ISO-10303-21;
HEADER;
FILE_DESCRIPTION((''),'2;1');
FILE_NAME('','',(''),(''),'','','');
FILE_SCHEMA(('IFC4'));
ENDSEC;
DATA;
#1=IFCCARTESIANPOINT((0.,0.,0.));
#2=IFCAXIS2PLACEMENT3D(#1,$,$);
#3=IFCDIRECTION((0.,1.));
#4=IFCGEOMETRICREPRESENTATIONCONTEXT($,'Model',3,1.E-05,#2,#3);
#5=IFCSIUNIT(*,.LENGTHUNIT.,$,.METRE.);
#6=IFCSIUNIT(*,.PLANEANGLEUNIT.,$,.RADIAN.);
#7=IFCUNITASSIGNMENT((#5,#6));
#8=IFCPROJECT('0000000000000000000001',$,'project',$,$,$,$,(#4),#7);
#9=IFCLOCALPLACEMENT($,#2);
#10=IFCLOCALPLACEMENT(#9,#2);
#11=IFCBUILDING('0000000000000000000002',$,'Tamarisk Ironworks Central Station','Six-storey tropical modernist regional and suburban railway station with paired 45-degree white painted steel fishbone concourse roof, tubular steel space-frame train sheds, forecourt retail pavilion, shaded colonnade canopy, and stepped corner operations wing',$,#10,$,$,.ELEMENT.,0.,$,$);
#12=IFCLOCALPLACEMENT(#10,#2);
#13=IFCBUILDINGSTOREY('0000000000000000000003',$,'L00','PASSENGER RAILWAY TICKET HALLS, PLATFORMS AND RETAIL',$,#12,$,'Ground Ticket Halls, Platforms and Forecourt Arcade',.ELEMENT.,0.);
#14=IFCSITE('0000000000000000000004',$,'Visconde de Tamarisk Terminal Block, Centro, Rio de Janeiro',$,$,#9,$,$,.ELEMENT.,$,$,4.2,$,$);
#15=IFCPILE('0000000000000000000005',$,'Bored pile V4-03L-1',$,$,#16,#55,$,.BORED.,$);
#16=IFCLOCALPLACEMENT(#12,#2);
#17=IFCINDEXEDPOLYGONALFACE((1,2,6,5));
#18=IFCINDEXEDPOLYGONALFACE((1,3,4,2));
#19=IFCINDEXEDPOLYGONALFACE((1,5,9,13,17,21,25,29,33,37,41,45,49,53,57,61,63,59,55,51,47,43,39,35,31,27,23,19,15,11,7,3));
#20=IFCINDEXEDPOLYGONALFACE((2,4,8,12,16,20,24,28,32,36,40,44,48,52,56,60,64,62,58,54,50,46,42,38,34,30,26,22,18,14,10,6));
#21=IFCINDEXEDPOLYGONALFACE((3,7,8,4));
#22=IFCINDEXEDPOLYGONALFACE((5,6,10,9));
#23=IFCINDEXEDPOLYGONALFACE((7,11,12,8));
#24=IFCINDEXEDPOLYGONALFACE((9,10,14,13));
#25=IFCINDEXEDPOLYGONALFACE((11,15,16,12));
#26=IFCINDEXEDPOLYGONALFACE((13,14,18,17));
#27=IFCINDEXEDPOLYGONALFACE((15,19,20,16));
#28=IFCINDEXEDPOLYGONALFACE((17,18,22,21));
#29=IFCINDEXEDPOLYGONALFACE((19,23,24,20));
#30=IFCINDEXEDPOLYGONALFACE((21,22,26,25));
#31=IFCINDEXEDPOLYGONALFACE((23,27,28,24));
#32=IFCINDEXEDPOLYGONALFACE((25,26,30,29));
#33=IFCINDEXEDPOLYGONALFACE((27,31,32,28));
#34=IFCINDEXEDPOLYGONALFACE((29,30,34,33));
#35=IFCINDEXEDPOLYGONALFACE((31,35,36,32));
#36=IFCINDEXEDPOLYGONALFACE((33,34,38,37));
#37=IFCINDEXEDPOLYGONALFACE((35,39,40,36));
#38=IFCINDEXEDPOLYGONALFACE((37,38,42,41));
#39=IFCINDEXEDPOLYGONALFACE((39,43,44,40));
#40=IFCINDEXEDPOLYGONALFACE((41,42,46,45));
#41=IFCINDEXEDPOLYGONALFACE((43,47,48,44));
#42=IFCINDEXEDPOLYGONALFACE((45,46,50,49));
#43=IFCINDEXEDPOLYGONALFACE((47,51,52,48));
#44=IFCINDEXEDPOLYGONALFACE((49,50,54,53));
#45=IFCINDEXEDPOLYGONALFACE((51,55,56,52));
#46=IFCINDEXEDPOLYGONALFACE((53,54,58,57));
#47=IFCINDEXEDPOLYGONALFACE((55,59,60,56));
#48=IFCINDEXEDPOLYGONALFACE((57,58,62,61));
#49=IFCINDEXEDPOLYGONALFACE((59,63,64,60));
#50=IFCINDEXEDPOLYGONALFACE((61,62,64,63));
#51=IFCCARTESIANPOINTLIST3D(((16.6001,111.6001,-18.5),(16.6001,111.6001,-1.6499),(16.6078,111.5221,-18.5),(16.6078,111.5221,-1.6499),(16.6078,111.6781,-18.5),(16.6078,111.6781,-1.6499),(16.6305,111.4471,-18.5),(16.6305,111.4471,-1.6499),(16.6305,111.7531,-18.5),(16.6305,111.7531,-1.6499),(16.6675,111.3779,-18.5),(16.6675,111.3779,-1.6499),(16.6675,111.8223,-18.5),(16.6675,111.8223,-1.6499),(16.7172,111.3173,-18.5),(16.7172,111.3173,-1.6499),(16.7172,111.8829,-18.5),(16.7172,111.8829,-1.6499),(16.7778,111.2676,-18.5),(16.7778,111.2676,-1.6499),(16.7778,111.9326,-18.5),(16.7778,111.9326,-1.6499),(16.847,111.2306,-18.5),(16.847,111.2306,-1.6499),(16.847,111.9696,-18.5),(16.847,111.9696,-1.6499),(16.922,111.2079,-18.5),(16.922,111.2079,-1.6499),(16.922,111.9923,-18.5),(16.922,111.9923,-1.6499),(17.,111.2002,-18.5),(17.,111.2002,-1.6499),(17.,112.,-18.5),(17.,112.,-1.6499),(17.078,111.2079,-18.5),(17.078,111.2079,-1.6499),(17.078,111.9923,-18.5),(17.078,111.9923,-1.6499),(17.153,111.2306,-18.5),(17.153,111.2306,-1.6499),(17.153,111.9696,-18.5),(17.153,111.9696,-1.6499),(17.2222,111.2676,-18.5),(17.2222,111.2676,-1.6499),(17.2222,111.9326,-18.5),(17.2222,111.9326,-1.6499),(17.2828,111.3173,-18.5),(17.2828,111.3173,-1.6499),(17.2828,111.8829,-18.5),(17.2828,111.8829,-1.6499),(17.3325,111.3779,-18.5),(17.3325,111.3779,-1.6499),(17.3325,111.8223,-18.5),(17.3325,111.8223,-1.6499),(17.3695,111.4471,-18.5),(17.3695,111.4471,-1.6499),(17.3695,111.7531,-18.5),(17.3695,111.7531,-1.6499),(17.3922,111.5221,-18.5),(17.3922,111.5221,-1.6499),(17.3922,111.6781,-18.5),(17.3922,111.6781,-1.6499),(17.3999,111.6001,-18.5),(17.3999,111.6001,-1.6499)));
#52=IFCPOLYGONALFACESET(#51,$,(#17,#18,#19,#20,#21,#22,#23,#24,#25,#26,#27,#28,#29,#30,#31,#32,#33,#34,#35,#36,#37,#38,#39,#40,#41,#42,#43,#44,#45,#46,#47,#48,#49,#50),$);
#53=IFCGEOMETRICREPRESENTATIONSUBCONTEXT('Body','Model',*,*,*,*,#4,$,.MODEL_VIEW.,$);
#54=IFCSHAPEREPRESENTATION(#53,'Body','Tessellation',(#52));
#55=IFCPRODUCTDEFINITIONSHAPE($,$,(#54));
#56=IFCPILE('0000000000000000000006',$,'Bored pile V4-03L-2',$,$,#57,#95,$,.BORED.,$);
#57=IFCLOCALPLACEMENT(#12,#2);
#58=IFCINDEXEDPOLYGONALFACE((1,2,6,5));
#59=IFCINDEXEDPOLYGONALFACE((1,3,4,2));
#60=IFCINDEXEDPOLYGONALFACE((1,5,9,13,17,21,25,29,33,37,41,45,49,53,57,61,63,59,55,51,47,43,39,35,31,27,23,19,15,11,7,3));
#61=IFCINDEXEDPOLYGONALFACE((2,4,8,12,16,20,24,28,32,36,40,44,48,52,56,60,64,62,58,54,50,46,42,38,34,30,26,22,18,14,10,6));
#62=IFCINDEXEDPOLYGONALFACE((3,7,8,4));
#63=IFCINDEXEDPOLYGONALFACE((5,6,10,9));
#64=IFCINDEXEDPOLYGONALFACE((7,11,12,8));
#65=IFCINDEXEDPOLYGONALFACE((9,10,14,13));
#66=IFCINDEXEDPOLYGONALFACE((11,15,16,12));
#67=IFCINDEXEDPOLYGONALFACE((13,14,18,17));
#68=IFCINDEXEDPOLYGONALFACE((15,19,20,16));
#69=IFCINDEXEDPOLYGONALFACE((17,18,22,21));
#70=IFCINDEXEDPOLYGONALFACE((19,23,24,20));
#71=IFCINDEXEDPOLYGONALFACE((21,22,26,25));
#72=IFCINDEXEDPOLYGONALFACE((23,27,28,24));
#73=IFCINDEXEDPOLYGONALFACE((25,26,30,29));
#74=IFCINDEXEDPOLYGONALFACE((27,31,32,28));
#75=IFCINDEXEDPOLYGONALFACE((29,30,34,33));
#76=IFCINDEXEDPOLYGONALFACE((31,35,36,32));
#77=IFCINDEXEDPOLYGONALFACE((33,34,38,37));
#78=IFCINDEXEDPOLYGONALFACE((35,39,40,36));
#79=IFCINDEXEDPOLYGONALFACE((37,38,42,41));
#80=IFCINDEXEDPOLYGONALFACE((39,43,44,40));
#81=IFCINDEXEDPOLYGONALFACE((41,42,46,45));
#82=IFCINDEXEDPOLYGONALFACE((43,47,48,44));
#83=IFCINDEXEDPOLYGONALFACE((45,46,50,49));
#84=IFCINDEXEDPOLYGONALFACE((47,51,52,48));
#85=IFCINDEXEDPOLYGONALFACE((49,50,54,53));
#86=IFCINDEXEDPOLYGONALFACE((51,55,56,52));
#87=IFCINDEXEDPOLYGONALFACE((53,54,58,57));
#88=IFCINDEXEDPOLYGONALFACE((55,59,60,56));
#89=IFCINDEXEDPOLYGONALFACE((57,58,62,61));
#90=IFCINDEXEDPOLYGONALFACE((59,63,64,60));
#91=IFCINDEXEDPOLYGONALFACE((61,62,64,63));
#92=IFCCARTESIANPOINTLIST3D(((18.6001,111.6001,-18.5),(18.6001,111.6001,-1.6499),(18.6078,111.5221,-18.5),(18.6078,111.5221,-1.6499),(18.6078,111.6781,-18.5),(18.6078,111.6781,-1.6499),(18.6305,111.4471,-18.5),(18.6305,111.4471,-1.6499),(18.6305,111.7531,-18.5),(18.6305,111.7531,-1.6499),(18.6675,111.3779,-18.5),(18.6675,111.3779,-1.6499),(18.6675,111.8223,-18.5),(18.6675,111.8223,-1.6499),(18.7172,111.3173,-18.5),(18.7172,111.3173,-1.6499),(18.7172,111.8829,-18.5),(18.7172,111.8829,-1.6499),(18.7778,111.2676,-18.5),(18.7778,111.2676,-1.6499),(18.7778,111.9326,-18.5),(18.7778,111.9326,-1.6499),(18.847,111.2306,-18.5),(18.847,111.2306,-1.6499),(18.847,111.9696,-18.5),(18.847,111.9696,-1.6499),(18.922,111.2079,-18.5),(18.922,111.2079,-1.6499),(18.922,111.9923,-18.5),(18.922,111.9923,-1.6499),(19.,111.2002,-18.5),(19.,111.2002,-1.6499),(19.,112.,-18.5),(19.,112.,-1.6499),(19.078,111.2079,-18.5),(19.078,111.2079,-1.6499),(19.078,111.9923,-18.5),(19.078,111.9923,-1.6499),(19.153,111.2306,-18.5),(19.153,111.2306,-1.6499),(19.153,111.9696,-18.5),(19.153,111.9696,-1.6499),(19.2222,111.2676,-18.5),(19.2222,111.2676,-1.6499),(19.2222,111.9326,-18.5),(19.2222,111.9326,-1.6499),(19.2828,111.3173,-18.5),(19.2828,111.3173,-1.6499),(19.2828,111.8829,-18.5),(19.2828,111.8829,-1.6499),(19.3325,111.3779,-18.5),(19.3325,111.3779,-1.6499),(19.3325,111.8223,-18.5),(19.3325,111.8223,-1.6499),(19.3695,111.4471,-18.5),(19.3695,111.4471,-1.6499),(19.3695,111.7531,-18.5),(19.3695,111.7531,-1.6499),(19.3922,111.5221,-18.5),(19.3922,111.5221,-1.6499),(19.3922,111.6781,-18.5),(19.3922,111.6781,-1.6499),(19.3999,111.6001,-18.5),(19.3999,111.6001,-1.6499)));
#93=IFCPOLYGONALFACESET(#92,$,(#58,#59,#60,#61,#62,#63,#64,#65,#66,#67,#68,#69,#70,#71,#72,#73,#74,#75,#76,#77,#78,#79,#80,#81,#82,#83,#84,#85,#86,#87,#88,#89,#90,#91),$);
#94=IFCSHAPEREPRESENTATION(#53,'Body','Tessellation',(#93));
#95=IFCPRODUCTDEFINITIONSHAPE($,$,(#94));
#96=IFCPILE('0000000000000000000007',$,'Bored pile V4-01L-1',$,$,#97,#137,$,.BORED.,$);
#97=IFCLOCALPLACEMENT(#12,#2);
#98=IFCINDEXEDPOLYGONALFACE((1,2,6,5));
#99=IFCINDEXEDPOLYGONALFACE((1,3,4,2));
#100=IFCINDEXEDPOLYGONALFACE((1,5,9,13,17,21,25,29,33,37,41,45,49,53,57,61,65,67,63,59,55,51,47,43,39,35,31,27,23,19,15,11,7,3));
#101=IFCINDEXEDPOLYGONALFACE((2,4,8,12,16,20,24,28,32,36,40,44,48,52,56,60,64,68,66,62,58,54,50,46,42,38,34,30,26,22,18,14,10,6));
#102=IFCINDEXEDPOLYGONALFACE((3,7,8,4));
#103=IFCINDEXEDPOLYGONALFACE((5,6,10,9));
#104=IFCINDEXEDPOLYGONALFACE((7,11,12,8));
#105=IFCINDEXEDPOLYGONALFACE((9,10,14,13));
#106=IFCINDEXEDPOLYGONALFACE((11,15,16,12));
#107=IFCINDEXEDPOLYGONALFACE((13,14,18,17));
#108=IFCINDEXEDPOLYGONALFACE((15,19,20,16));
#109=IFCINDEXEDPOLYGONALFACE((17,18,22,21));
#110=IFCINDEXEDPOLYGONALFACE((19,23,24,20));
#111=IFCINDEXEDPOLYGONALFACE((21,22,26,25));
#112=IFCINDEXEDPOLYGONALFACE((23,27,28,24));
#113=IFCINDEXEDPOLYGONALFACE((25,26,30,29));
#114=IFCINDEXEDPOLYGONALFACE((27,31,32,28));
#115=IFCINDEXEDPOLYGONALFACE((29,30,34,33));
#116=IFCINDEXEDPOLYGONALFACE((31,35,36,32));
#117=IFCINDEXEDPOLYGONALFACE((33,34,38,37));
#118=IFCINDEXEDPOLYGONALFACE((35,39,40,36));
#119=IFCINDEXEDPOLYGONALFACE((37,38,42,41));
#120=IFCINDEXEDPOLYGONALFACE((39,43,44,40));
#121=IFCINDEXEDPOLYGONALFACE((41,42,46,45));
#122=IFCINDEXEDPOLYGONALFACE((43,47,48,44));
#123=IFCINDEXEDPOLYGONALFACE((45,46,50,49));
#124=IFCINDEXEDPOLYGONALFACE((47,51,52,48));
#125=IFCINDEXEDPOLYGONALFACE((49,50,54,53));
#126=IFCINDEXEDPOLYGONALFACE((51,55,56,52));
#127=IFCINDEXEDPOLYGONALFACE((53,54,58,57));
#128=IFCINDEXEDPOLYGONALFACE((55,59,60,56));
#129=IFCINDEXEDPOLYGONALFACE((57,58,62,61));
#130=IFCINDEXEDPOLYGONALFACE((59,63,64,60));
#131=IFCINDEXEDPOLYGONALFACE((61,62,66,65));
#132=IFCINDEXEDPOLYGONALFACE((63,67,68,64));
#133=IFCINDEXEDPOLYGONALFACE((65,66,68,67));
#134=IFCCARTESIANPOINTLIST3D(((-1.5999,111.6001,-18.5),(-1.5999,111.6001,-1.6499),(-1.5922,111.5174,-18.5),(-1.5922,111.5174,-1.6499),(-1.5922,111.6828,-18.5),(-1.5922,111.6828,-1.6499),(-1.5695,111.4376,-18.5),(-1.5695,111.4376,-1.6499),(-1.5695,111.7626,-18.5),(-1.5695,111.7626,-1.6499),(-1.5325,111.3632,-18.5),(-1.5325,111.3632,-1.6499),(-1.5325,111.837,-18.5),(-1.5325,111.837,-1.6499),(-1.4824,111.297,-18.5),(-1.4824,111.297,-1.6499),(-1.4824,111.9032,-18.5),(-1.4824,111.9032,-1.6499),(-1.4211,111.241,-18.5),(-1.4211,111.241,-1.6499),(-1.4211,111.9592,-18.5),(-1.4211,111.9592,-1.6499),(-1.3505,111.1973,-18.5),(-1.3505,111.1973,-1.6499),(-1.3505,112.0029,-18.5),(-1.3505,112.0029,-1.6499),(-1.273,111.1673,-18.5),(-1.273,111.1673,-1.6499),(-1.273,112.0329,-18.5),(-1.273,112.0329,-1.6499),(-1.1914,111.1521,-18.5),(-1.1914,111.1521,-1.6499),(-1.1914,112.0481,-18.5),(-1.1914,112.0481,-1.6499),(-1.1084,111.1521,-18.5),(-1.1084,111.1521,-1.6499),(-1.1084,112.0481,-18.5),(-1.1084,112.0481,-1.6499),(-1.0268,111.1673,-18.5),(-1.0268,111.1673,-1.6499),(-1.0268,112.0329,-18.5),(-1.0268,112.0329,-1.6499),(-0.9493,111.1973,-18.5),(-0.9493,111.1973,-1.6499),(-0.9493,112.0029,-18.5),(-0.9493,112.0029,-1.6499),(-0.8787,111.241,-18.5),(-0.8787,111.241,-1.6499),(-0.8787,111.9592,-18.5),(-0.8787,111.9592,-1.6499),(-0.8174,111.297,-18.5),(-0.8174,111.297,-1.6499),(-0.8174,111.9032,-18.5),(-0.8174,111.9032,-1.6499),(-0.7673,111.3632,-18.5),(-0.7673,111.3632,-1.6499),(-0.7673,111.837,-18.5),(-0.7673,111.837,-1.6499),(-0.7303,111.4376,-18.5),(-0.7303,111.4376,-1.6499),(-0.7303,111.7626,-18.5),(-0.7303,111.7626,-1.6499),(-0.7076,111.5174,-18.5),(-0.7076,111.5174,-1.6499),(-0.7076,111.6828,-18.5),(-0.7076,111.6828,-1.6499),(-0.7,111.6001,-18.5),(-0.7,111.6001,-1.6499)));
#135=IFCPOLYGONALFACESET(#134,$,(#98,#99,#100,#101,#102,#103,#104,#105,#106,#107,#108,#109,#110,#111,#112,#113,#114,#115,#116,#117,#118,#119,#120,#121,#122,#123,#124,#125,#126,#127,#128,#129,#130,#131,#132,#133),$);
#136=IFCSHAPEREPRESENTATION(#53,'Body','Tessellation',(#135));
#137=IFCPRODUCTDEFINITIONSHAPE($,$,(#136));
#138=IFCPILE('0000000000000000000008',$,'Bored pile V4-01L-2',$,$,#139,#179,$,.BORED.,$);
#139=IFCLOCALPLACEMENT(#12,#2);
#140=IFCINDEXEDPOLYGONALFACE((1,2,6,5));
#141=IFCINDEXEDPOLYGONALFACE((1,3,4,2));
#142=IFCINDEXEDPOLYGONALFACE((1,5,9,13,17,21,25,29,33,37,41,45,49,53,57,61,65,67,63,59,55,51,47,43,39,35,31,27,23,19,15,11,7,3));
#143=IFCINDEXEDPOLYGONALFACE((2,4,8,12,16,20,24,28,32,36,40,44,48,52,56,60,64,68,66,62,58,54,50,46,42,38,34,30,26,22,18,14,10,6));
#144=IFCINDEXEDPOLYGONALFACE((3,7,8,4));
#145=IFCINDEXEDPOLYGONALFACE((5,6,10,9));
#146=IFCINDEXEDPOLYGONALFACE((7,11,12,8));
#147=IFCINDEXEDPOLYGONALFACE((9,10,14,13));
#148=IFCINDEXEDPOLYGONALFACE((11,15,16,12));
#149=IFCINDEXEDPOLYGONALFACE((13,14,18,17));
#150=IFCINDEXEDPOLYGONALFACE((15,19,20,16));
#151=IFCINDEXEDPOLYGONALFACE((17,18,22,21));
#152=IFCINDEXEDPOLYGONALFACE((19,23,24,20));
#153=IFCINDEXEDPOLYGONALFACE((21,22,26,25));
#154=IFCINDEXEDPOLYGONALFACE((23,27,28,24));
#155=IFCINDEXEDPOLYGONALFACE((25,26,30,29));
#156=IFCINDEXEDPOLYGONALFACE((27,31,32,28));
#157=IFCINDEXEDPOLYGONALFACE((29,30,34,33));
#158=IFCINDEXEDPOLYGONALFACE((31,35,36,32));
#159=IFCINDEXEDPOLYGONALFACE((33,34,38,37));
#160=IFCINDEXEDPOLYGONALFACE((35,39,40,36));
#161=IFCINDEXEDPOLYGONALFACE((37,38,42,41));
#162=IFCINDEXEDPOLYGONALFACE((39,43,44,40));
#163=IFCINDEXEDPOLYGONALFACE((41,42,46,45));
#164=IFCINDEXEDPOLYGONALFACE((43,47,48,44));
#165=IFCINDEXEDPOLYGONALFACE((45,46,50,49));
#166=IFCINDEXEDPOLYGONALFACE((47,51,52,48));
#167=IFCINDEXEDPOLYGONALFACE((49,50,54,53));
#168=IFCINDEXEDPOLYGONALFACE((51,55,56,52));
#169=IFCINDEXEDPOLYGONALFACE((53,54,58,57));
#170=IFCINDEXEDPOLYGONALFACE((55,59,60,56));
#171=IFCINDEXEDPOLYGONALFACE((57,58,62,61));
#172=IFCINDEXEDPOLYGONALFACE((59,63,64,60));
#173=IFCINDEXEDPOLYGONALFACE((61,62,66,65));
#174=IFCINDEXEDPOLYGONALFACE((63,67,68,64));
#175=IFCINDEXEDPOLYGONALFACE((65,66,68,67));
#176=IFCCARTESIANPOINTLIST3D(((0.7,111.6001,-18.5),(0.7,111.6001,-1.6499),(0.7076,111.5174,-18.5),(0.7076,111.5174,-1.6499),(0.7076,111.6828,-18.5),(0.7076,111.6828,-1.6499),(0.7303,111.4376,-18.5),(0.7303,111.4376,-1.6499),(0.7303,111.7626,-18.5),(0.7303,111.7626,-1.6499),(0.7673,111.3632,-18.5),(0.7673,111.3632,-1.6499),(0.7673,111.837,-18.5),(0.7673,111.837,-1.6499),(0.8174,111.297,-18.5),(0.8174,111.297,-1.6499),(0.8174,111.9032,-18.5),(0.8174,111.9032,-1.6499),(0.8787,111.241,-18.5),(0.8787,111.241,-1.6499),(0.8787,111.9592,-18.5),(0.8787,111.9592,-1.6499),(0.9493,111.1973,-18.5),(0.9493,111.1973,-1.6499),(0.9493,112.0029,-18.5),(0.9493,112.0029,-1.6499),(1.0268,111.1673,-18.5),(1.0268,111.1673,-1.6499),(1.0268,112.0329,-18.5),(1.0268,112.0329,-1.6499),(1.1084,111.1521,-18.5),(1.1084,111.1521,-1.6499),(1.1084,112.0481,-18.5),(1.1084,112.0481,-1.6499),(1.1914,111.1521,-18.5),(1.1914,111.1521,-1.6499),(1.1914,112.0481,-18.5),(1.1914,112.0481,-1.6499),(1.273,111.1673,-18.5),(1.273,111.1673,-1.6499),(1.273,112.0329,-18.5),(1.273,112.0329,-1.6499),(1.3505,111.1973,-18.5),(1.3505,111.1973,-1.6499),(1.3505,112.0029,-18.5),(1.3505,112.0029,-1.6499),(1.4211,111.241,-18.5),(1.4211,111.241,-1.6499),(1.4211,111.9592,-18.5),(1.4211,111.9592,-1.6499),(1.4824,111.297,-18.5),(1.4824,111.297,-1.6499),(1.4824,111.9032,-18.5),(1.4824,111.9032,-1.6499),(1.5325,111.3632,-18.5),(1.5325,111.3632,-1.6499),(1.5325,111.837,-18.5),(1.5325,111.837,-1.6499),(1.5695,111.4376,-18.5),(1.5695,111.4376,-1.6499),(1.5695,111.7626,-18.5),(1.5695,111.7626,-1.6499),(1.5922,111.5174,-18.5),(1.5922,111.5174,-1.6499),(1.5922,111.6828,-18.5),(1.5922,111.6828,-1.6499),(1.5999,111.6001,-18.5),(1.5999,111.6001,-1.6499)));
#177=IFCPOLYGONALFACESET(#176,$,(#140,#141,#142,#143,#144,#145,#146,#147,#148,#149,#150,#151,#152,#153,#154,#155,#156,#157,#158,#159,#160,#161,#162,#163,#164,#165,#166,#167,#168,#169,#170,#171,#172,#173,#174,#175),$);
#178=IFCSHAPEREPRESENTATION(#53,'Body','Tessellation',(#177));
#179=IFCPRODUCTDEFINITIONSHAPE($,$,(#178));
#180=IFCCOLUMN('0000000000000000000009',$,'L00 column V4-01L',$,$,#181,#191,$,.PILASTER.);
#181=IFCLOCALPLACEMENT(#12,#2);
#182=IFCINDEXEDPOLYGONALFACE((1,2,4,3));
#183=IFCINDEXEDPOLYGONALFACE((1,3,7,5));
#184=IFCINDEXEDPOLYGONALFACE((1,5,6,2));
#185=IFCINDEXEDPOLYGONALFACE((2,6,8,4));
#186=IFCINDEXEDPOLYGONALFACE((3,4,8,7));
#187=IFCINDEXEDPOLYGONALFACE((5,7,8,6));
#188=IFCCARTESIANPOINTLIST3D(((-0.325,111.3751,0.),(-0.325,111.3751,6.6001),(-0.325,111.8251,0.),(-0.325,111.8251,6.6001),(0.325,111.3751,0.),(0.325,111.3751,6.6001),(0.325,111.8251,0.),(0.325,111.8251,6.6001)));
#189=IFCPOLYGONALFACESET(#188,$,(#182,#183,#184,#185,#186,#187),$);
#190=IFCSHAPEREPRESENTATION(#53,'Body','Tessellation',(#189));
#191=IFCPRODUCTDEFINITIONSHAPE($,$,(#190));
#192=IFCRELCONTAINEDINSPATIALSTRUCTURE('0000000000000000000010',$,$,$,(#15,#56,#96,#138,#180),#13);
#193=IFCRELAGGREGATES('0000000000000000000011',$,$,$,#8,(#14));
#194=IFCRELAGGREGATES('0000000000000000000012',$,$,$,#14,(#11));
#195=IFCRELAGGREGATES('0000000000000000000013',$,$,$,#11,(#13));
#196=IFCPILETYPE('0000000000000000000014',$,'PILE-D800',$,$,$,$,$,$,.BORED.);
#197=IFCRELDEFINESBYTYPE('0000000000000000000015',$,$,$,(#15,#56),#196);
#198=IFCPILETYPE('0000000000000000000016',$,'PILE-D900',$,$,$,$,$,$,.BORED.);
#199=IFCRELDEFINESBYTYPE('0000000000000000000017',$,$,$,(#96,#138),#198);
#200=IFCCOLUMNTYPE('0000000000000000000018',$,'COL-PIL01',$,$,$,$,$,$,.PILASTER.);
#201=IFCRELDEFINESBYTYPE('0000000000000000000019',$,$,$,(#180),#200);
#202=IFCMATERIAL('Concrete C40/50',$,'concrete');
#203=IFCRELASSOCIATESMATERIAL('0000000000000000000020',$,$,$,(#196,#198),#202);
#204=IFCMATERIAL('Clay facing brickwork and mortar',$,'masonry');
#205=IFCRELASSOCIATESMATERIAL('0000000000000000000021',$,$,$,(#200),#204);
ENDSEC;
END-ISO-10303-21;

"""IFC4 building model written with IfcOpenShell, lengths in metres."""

from ifc_helpers import new_model, si_unit, direction, frame, origin, origin_2d, place, context, subcontext, project, spatial, rectangle, circle, extrude, material, material_profile, profile_set, type_object, element, save


model = new_model("IFC4")

# Units and contexts
model_context = context("Model", 3, precision=1e-05, world=origin(), true_north=direction((0.0, 1.0)))
body_context = subcontext(model_context, "Body", "Model", "MODEL_VIEW")
ifc_project = project(units=[si_unit("LENGTHUNIT", "METRE"), si_unit("PLANEANGLEUNIT", "RADIAN")], contexts=[model_context])

# Site, building, storey
site_placement = place(None, origin())
site = spatial("IfcSite", under=ifc_project, at=site_placement, Name="Visconde de Tamarisk Terminal Block, Centro, Rio de Janeiro", CompositionType="ELEMENT", RefElevation=4.2)
building_placement = place(site_placement, origin())
building = spatial("IfcBuilding", under=site, at=building_placement, Name="Tamarisk Ironworks Central Station", Description="Six-storey tropical modernist regional and suburban railway station with paired 45-degree white painted steel fishbone concourse roof, tubular steel space-frame train sheds, forecourt retail pavilion, shaded colonnade canopy, and stepped corner operations wing", CompositionType="ELEMENT", ElevationOfRefHeight=0.0)
storey_placement = place(building_placement, origin())
storey = spatial("IfcBuildingStorey", under=building, at=storey_placement, Name="L00", Description="PASSENGER RAILWAY TICKET HALLS, PLATFORMS AND RETAIL", LongName="Ground Ticket Halls, Platforms and Forecourt Arcade", CompositionType="ELEMENT", Elevation=0.0)

# Shared definitions
ifc_material_1 = material(Name="Concrete C40/50", Category="concrete")

# Piles
ifc_material_profile_1 = material_profile(ifc_material_1, circle(Radius=0.3999, at=origin_2d()), Name="BORED PILE D800")
ifc_profile_set_1 = profile_set([ifc_material_profile_1], Name="Concrete C40/50")
pile_type_1 = type_object("IfcPileType", Name="PILE-D800", PredefinedType="BORED", material=ifc_profile_set_1)
for number, where, z_axis, x_axis, name in (
    (1, (17.0, 111.6001, -1.6499), (0.0, 0.0, -1.0), (1.0, 0.0, 0.0), "Bored pile V4-03L-1"),
    (2, (19.0, 111.6001, -1.6499), (0.0, 0.0, -1.0), (1.0, 0.0, 0.0), "Bored pile V4-03L-2"),
):
    element("IfcPile", number, at=place(storey_placement, frame(where, z_axis=z_axis, x_axis=x_axis)), inside=storey, type_object=pile_type_1, Name=name, PredefinedType="BORED", context=body_context, shape_type="SweptSolid", body=[
        extrude(circle(Radius=0.3999, at=origin_2d()), origin(), (0.0, 0.0, 1.0), 16.8501),
    ])
ifc_material_profile_2 = material_profile(ifc_material_1, circle(Radius=0.45, at=origin_2d()), Name="BORED PILE D900")
ifc_profile_set_2 = profile_set([ifc_material_profile_2], Name="Concrete C40/50")
pile_type_2 = type_object("IfcPileType", Name="PILE-D900", PredefinedType="BORED", material=ifc_profile_set_2)
for number, where, z_axis, x_axis, name in (
    (3, (-1.1499, 111.6001, -1.6499), (0.0, 0.0, -1.0), (1.0, 0.0, 0.0), "Bored pile V4-01L-1"),
    (4, (1.1499, 111.6001, -1.6499), (0.0, 0.0, -1.0), (1.0, 0.0, 0.0), "Bored pile V4-01L-2"),
):
    element("IfcPile", number, at=place(storey_placement, frame(where, z_axis=z_axis, x_axis=x_axis)), inside=storey, type_object=pile_type_2, Name=name, PredefinedType="BORED", context=body_context, shape_type="SweptSolid", body=[
        extrude(circle(Radius=0.45, at=origin_2d()), origin(), (0.0, 0.0, 1.0), 16.8501),
    ])

# Column
ifc_material_2 = material(Name="Clay facing brickwork and mortar", Category="masonry")
ifc_material_profile_3 = material_profile(ifc_material_2, rectangle(XDim=0.6499, YDim=0.45, at=origin_2d()), Name="PIL 650x450")
ifc_profile_set_3 = profile_set([ifc_material_profile_3], Name="Clay facing brickwork and mortar")
column_type_1 = type_object("IfcColumnType", Name="COL-PIL01", PredefinedType="PILASTER", material=ifc_profile_set_3)
column_placement = place(storey_placement, frame((0.0, 111.6001, 0.0), z_axis=(0.0, 0.0, 1.0), x_axis=(1.0, 0.0, 0.0)))
element("IfcColumn", 5, at=column_placement, inside=storey, type_object=column_type_1, Name="L00 column V4-01L", PredefinedType="PILASTER", context=body_context, shape_type="SweptSolid", body=[
    extrude(rectangle(XDim=0.6499, YDim=0.45, at=origin_2d()), origin(), (0.0, 0.0, 1.0), 6.6001),
])

save(model, "model.ifc")
